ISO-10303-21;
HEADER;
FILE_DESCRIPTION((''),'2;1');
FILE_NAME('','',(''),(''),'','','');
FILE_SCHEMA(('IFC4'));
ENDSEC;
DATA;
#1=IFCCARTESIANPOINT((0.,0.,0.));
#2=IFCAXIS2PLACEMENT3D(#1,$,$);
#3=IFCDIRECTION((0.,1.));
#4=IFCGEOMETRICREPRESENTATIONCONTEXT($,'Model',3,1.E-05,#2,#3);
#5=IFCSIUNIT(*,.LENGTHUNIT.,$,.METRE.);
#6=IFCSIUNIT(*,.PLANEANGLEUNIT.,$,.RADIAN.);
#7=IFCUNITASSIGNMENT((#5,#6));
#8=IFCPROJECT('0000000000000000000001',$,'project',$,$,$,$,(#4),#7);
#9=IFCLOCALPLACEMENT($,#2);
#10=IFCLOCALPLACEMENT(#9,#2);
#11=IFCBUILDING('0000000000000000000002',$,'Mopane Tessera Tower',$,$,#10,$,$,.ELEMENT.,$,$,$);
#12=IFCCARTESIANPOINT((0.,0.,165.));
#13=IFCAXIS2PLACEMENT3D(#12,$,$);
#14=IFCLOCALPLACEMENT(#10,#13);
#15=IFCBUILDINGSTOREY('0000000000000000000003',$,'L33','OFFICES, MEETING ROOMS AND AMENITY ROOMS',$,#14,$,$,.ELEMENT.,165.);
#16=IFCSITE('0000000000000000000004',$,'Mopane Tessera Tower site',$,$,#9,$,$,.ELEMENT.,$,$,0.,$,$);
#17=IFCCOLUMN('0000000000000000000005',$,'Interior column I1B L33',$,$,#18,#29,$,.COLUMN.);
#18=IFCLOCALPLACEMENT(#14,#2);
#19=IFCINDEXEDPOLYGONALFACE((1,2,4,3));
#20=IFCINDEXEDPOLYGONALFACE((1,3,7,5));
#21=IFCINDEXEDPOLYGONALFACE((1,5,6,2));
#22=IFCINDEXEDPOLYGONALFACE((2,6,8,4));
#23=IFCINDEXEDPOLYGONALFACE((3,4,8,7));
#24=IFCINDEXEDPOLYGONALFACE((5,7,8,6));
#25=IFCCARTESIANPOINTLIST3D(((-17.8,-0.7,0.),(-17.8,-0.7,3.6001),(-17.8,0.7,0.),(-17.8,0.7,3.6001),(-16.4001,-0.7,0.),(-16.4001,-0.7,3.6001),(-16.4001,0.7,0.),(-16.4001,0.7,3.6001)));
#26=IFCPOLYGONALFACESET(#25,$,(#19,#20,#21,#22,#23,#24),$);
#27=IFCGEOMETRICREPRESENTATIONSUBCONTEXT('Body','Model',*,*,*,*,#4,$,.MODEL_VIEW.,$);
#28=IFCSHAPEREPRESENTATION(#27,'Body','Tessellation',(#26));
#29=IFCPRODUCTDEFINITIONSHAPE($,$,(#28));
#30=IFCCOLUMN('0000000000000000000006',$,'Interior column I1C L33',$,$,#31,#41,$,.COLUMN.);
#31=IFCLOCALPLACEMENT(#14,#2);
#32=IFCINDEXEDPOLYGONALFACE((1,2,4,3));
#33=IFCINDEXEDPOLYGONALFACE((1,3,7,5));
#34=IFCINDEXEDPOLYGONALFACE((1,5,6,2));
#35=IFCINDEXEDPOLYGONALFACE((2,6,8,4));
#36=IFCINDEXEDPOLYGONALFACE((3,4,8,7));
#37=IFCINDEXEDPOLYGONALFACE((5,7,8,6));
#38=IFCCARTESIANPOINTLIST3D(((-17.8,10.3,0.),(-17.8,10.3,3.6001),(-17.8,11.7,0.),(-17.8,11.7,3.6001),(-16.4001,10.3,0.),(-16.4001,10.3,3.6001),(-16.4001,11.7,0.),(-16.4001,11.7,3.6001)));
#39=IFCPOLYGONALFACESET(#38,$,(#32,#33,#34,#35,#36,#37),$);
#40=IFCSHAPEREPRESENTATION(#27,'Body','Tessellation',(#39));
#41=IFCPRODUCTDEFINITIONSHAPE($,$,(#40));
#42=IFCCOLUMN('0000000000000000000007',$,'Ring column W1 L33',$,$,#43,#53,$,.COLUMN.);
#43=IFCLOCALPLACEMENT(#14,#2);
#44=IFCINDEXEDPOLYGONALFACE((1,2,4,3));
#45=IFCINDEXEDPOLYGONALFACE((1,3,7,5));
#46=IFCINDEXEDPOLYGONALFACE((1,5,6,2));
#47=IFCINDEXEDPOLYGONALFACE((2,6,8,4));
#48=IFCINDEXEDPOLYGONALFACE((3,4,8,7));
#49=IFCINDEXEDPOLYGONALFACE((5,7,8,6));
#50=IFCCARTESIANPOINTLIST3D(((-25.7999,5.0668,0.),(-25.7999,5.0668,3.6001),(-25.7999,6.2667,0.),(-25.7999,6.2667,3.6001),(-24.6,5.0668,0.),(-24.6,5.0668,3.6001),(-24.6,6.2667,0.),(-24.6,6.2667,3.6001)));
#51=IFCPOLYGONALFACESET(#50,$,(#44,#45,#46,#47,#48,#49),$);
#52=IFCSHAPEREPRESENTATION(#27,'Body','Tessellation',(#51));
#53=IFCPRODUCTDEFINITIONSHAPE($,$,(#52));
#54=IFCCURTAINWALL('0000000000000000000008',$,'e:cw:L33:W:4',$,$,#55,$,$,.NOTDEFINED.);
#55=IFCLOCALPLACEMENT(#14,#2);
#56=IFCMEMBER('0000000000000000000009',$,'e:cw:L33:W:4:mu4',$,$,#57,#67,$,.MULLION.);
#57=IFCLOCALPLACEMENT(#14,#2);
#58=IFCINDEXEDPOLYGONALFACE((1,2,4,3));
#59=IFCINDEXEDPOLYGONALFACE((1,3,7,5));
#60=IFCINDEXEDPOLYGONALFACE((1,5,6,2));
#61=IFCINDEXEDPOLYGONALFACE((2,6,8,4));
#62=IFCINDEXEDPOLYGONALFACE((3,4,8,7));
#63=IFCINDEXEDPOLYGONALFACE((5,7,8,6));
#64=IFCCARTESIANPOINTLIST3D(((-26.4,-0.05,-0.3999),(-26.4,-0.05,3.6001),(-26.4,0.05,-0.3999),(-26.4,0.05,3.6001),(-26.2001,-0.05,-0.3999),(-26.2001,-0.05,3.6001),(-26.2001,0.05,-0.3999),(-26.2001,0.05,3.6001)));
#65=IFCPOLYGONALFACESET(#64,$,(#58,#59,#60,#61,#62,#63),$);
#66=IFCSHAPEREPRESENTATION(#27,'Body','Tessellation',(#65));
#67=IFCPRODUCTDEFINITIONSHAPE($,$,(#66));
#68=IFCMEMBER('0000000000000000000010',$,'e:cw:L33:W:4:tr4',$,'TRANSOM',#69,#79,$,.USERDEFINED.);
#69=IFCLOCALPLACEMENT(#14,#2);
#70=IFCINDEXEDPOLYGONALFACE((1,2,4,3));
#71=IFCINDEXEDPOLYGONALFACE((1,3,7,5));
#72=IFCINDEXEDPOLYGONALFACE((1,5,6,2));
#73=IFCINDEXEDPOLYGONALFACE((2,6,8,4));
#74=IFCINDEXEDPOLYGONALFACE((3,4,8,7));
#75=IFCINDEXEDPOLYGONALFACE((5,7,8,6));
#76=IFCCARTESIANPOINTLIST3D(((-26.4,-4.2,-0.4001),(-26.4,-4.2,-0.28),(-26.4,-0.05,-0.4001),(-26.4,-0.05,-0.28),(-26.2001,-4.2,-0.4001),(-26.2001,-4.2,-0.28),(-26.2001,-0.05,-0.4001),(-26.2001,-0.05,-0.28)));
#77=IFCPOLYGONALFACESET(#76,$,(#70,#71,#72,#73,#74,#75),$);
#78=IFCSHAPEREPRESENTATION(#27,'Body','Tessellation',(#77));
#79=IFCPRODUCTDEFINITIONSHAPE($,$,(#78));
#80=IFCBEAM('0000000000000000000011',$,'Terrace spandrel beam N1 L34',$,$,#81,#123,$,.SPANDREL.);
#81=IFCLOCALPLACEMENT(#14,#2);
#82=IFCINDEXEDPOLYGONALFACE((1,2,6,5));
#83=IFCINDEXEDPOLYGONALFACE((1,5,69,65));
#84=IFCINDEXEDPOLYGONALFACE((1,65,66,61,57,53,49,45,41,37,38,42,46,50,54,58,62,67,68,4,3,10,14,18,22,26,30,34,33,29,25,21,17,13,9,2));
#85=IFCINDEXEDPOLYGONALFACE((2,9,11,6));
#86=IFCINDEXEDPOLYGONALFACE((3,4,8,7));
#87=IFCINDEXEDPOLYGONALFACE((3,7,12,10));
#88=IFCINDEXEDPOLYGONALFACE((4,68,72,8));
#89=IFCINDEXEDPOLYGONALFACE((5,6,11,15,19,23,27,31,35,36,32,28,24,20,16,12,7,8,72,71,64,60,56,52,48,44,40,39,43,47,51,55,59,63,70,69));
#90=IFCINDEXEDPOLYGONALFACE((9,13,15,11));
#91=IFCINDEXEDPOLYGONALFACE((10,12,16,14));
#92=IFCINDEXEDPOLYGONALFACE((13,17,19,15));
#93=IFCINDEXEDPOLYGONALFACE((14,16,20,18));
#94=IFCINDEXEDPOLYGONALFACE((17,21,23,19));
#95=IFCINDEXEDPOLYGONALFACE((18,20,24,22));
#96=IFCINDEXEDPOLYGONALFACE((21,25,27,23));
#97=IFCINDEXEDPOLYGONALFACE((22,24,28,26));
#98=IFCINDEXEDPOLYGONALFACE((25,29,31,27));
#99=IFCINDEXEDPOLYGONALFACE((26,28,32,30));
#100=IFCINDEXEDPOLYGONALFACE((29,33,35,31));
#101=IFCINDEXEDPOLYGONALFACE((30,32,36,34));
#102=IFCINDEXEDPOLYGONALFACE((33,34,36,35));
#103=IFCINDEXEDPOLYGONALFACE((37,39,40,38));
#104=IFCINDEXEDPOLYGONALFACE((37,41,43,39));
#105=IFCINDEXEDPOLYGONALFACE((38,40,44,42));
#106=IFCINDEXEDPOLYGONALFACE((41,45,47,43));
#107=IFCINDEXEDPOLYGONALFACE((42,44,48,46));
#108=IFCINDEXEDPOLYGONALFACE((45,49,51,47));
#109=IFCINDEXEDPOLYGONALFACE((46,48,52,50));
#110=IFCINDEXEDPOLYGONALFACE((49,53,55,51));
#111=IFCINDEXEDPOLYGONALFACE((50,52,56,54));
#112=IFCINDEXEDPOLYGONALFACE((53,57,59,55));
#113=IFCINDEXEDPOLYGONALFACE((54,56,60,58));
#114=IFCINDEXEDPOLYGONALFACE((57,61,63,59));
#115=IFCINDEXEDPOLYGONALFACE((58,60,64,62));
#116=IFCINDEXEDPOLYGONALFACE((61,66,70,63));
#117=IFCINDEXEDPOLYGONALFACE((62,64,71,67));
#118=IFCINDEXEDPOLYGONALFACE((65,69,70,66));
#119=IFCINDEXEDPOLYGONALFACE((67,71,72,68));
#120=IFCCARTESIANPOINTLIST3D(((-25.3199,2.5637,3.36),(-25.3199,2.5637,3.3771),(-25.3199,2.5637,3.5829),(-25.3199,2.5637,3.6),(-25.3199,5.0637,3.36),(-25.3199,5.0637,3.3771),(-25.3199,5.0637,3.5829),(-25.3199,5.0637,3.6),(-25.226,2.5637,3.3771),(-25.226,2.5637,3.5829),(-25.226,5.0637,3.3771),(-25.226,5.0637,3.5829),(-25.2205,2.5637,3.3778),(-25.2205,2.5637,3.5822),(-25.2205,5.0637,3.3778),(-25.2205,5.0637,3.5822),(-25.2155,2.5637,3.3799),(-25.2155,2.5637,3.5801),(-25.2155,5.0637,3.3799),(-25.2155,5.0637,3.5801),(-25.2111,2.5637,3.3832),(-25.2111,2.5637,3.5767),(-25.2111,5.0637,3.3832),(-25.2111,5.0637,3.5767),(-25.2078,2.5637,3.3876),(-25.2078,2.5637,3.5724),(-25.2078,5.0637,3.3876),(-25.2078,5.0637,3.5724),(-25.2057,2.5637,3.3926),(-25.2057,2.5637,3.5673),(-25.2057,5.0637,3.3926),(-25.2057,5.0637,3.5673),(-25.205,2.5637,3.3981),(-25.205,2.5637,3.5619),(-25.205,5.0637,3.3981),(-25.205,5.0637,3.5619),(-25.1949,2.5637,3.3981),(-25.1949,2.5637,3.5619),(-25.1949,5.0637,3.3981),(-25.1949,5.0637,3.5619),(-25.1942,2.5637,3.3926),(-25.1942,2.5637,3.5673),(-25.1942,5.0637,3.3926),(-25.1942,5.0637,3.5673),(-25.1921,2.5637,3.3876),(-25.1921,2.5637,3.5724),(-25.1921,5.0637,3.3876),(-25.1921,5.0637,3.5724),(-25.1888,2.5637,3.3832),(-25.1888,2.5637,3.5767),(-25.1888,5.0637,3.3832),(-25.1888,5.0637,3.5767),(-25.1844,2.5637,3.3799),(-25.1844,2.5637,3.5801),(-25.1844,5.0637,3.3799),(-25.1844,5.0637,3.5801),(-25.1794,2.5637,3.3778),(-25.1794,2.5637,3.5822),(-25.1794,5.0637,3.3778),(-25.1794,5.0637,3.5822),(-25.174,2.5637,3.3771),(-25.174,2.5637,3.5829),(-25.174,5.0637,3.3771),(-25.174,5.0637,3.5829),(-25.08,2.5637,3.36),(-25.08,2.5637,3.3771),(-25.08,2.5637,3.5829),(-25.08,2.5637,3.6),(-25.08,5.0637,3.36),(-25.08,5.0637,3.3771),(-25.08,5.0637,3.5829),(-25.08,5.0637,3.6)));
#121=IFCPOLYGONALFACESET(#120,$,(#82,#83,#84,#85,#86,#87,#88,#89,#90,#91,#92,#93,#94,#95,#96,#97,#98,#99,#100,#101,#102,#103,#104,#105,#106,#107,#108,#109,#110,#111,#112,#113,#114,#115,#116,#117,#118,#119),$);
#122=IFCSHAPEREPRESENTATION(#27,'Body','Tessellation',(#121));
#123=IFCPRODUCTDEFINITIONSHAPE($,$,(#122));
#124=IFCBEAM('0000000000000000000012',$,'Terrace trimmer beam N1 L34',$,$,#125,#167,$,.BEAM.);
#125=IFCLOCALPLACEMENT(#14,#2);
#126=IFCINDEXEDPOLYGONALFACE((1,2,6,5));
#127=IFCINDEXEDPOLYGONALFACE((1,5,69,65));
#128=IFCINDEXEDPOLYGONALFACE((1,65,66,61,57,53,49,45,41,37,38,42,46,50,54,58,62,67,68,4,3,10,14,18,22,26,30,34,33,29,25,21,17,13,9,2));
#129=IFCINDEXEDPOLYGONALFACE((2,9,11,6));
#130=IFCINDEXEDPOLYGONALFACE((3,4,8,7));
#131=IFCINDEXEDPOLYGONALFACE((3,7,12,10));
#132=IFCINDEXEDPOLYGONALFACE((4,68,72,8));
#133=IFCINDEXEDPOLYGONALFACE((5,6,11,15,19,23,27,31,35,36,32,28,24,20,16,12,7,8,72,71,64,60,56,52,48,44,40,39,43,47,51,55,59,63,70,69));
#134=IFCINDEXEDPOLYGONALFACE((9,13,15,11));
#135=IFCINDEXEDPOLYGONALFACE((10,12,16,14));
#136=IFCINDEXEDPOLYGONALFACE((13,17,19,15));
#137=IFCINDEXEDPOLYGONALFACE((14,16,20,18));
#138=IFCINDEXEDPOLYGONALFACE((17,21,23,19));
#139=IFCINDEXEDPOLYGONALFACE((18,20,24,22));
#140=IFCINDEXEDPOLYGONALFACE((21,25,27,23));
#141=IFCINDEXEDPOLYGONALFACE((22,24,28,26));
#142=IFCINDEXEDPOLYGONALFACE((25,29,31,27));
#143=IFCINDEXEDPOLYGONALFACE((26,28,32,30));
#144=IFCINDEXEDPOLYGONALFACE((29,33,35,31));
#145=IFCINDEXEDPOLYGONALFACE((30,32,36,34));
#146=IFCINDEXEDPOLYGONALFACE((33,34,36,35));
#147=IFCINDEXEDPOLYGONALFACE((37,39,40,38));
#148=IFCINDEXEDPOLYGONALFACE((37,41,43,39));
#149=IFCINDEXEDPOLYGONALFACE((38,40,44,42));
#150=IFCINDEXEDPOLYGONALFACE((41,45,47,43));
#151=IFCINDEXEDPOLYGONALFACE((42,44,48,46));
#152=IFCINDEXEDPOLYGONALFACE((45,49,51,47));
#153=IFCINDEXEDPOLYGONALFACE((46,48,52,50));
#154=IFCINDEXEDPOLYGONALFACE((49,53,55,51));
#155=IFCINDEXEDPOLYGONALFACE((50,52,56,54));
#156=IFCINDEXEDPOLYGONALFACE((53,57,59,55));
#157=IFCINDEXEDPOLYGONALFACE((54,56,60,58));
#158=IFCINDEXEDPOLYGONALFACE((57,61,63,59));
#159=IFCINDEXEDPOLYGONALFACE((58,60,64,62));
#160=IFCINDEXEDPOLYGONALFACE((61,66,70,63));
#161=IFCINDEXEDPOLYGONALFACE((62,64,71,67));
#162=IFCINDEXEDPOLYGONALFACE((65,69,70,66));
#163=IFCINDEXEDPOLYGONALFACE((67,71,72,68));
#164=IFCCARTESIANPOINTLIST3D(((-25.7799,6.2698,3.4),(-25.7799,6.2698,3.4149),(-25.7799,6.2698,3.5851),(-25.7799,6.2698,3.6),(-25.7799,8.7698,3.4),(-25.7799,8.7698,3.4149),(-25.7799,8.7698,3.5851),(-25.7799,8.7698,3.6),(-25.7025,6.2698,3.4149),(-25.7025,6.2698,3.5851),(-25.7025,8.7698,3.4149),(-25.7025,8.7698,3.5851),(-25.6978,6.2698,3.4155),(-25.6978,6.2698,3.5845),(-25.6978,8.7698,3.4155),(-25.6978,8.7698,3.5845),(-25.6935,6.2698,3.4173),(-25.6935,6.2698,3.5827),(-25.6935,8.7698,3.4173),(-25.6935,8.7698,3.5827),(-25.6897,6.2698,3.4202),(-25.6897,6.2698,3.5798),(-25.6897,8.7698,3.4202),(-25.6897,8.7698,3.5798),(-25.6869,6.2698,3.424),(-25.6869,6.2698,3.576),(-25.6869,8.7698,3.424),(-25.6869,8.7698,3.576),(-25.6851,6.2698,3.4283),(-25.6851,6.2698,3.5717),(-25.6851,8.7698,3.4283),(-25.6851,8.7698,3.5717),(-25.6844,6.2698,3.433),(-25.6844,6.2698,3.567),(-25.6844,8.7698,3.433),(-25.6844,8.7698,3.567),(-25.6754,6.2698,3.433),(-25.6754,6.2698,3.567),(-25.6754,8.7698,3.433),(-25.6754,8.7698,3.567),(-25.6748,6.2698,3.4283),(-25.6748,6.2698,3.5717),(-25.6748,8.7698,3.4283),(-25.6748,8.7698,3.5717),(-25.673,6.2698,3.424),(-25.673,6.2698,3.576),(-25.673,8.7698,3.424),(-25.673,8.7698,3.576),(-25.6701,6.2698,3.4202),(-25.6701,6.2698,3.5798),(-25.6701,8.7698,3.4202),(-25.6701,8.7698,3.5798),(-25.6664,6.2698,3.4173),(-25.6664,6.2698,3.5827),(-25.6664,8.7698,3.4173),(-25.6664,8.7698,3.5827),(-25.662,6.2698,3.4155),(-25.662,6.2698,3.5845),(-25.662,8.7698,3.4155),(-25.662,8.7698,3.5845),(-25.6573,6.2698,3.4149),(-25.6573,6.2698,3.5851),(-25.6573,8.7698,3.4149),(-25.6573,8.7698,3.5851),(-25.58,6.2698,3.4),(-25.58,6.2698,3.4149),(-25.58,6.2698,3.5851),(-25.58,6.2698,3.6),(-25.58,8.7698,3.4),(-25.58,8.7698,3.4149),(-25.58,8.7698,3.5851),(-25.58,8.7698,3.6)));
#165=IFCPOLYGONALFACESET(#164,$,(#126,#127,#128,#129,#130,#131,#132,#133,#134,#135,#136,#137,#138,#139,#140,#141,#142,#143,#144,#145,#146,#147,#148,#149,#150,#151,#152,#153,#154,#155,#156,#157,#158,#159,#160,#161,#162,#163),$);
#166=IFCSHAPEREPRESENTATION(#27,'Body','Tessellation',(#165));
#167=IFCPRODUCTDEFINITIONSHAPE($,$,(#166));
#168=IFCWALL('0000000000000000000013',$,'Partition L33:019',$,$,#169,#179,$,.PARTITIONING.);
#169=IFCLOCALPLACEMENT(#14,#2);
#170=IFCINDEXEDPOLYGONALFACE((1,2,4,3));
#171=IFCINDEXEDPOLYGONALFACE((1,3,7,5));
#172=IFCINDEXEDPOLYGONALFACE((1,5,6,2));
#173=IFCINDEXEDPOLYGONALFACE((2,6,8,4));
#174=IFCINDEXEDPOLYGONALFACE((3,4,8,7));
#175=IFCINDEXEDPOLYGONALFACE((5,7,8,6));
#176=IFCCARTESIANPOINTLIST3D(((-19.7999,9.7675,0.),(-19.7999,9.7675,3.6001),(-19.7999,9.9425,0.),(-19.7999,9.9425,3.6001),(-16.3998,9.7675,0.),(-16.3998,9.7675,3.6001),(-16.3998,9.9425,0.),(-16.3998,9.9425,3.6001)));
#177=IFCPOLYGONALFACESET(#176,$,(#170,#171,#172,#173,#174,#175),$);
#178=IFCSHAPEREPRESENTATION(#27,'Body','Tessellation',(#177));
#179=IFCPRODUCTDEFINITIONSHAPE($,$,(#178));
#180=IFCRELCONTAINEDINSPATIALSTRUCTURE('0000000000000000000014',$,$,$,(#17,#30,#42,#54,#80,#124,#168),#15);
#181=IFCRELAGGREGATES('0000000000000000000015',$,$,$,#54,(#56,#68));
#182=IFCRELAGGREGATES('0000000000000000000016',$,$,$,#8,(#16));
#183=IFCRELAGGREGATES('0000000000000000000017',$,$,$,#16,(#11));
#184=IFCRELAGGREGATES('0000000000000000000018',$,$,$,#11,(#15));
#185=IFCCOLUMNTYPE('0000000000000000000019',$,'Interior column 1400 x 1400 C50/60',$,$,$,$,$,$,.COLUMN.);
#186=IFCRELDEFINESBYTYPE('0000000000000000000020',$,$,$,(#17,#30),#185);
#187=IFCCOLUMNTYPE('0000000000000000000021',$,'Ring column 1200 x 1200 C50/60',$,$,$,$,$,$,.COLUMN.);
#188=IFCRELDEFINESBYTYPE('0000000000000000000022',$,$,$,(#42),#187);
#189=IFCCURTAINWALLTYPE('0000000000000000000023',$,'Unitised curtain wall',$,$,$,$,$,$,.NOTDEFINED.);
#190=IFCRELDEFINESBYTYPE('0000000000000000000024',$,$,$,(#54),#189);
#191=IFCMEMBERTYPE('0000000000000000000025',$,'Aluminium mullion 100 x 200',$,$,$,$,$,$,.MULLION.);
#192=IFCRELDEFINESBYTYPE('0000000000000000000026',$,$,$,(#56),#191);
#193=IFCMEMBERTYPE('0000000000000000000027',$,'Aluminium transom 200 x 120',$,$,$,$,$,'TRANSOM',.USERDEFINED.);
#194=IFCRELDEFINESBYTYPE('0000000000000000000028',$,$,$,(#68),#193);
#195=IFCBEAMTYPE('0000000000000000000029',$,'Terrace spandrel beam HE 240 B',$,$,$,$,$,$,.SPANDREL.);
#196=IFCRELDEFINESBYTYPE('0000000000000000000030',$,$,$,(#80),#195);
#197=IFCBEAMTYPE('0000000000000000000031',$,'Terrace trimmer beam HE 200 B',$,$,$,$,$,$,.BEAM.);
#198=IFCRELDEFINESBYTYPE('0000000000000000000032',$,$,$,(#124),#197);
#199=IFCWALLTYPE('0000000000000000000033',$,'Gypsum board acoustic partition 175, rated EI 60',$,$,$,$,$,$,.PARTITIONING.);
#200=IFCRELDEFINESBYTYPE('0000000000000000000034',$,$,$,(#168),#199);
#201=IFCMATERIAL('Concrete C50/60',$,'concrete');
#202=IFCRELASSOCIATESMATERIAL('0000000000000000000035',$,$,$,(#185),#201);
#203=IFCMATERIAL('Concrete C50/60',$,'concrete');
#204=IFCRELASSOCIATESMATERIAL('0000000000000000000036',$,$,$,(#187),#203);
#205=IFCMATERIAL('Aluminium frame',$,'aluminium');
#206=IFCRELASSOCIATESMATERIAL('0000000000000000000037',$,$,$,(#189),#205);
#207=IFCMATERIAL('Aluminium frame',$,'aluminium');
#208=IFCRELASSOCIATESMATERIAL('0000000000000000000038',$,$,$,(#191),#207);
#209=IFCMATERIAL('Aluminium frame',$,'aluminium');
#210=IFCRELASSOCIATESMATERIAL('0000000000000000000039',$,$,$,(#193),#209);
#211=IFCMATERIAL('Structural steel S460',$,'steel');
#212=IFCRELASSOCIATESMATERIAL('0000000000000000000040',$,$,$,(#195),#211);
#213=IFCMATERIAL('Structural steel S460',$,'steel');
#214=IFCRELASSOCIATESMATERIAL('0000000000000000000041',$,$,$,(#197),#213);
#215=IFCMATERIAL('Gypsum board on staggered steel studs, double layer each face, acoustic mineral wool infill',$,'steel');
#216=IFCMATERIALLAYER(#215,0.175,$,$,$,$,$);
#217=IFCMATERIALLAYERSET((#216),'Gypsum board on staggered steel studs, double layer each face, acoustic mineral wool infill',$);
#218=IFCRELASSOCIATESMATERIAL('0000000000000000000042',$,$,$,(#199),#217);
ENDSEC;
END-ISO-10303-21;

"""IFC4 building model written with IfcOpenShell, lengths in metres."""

from ifc_helpers import new_model, si_unit, direction, frame, frame_2d, origin, origin_2d, place, context, subcontext, project, spatial, rectangle, i_section, extrude, material, layer, layer_set, material_profile, profile_set, type_object, element, aggregate, save


model = new_model("IFC4")

# Units and contexts
model_context = context("Model", 3, precision=1e-05, world=origin(), true_north=direction((0.0, 1.0)))
body_context = subcontext(model_context, "Body", "Model", "MODEL_VIEW")
ifc_project = project(units=[si_unit("LENGTHUNIT", "METRE"), si_unit("PLANEANGLEUNIT", "RADIAN")], contexts=[model_context])

# Site, building, storey
site_placement = place(None, origin())
site = spatial("IfcSite", under=ifc_project, at=site_placement, Name="Mopane Tessera Tower site", CompositionType="ELEMENT", RefElevation=0.0)
building_placement = place(site_placement, origin())
building = spatial("IfcBuilding", under=site, at=building_placement, Name="Mopane Tessera Tower", CompositionType="ELEMENT")
storey_placement = place(building_placement, frame((0.0, 0.0, 165.0)))
storey = spatial("IfcBuildingStorey", under=building, at=storey_placement, Name="L33", Description="OFFICES, MEETING ROOMS AND AMENITY ROOMS", CompositionType="ELEMENT", Elevation=165.0)

# Columns
ifc_material_1 = material(Name="Concrete C50/60", Category="concrete")
ifc_material_profile_1 = material_profile(ifc_material_1, rectangle(XDim=1.3999, YDim=1.3999, at=origin_2d()))
ifc_profile_set_1 = profile_set([ifc_material_profile_1], Name="Concrete C50/60")
column_type_1 = type_object("IfcColumnType", Name="Interior column 1400 x 1400 C50/60", PredefinedType="COLUMN", material=ifc_profile_set_1)
for number, where, z_axis, x_axis, name in (
    (1, (-17.1001, 0.0, 0.0), (0.0, 0.0, 1.0), (1.0, 0.0, 0.0), "Interior column I1B L33"),
    (2, (-17.1001, 11.0, 0.0), (0.0, 0.0, 1.0), (1.0, 0.0, 0.0), "Interior column I1C L33"),
):
    element("IfcColumn", number, at=place(storey_placement, frame(where, z_axis=z_axis, x_axis=x_axis)), inside=storey, type_object=column_type_1, Name=name, PredefinedType="COLUMN", context=body_context, shape_type="SweptSolid", body=[
        extrude(rectangle(XDim=1.3999, YDim=1.3999, at=origin_2d()), origin(), (0.0, 0.0, 1.0), 3.6001),
    ])
ifc_material_2 = material(Name="Concrete C50/60", Category="concrete")
ifc_material_profile_2 = material_profile(ifc_material_2, rectangle(XDim=1.2, YDim=1.2, at=origin_2d()))
ifc_profile_set_2 = profile_set([ifc_material_profile_2], Name="Concrete C50/60")
column_type_2 = type_object("IfcColumnType", Name="Ring column 1200 x 1200 C50/60", PredefinedType="COLUMN", material=ifc_profile_set_2)
column_placement = place(storey_placement, frame((-25.2, 5.6667, 0.0), z_axis=(0.0, 0.0, 1.0), x_axis=(1.0, 0.0, 0.0)))
element("IfcColumn", 3, at=column_placement, inside=storey, type_object=column_type_2, Name="Ring column W1 L33", PredefinedType="COLUMN", context=body_context, shape_type="SweptSolid", body=[
    extrude(rectangle(XDim=1.2, YDim=1.2, at=origin_2d()), origin(), (0.0, 0.0, 1.0), 3.6001),
])

# Curtain wall, members
ifc_material_3 = material(Name="Aluminium frame", Category="aluminium")
curtain_wall_type = type_object("IfcCurtainWallType", Name="Unitised curtain wall", PredefinedType="NOTDEFINED", material=ifc_material_3)
curtain_wall_placement = place(storey_placement, origin())
curtain_wall = element("IfcCurtainWall", 4, at=curtain_wall_placement, inside=storey, type_object=curtain_wall_type, Name="e:cw:L33:W:4", PredefinedType="NOTDEFINED")
ifc_material_4 = material(Name="Aluminium frame", Category="aluminium")
ifc_material_profile_3 = material_profile(ifc_material_4, rectangle(XDim=0.1001, YDim=0.2, at=origin_2d()))
ifc_profile_set_3 = profile_set([ifc_material_profile_3], Name="Aluminium frame")
member_type_1 = type_object("IfcMemberType", Name="Aluminium mullion 100 x 200", PredefinedType="MULLION", material=ifc_profile_set_3)
member_1_placement = place(storey_placement, frame((-26.3, 0.0, -0.3999), z_axis=(0.0, 0.0, 1.0), x_axis=(0.0, -1.0, 0.0)))
member_1 = element("IfcMember", 5, at=member_1_placement, type_object=member_type_1, Name="e:cw:L33:W:4:mu4", PredefinedType="MULLION", context=body_context, shape_type="SweptSolid", body=[
    extrude(rectangle(XDim=0.1001, YDim=0.2, at=origin_2d()), origin(), (0.0, 0.0, 1.0), 4.0),
])
ifc_material_5 = material(Name="Aluminium frame", Category="aluminium")
ifc_material_profile_4 = material_profile(ifc_material_5, rectangle(XDim=0.2, YDim=0.1201, at=origin_2d()))
ifc_profile_set_4 = profile_set([ifc_material_profile_4], Name="Aluminium frame")
member_type_2 = type_object("IfcMemberType", Name="Aluminium transom 200 x 120", ElementType="TRANSOM", PredefinedType="USERDEFINED", material=ifc_profile_set_4)
member_2_placement = place(storey_placement, frame((-26.3, -0.05, -0.3401), z_axis=(0.0, -1.0, 0.0), x_axis=(1.0, 0.0, 0.0)))
member_2 = element("IfcMember", 6, at=member_2_placement, type_object=member_type_2, Name="e:cw:L33:W:4:tr4", ObjectType="TRANSOM", PredefinedType="USERDEFINED", context=body_context, shape_type="SweptSolid", body=[
    extrude(rectangle(XDim=0.2, YDim=0.1201, at=origin_2d()), origin(), (0.0, 0.0, 1.0), 4.1499),
])
aggregate(curtain_wall, [member_1, member_2])

# Beams
ifc_material_6 = material(Name="Structural steel S460", Category="steel")
ifc_material_profile_5 = material_profile(ifc_material_6, i_section(OverallWidth=0.24, OverallDepth=0.24, WebThickness=0.01, FlangeThickness=0.0171, FilletRadius=0.021, at=origin_2d()))
ifc_profile_set_5 = profile_set([ifc_material_profile_5], Name="Structural steel S460")
beam_type_1 = type_object("IfcBeamType", Name="Terrace spandrel beam HE 240 B", PredefinedType="SPANDREL", material=ifc_profile_set_5)
beam_1_placement = place(storey_placement, frame((-25.2, 5.0637, 3.48), z_axis=(0.0, -1.0, 0.0), x_axis=(1.0, 0.0, 0.0)))
element("IfcBeam", 7, at=beam_1_placement, inside=storey, type_object=beam_type_1, Name="Terrace spandrel beam N1 L34", PredefinedType="SPANDREL", context=body_context, shape_type="SweptSolid", body=[
    extrude(i_section(OverallWidth=0.24, OverallDepth=0.24, WebThickness=0.01, FlangeThickness=0.0171, FilletRadius=0.021, at=origin_2d()), origin(), (0.0, 0.0, 1.0), 2.5),
])
ifc_material_7 = material(Name="Structural steel S460", Category="steel")
ifc_material_profile_6 = material_profile(ifc_material_7, i_section(OverallWidth=0.2, OverallDepth=0.2, WebThickness=0.009, FlangeThickness=0.0149, FilletRadius=0.0181, at=origin_2d()))
ifc_profile_set_6 = profile_set([ifc_material_profile_6], Name="Structural steel S460")
beam_type_2 = type_object("IfcBeamType", Name="Terrace trimmer beam HE 200 B", PredefinedType="BEAM", material=ifc_profile_set_6)
beam_2_placement = place(storey_placement, frame((-25.6799, 6.2698, 3.5), z_axis=(0.0, 1.0, 0.0), x_axis=(-1.0, 0.0, 0.0)))
element("IfcBeam", 8, at=beam_2_placement, inside=storey, type_object=beam_type_2, Name="Terrace trimmer beam N1 L34", PredefinedType="BEAM", context=body_context, shape_type="SweptSolid", body=[
    extrude(i_section(OverallWidth=0.2, OverallDepth=0.2, WebThickness=0.009, FlangeThickness=0.0149, FilletRadius=0.0181, at=origin_2d()), origin(), (0.0, 0.0, 1.0), 2.5),
])

# Wall
ifc_material_8 = material(Name="Gypsum board on staggered steel studs, double layer each face, acoustic mineral wool infill", Category="steel")
ifc_layer_1 = layer(ifc_material_8, 0.175)
ifc_layer_set_1 = layer_set([ifc_layer_1], Name="Gypsum board on staggered steel studs, double layer each face, acoustic mineral wool infill")
wall_type_1 = type_object("IfcWallType", Name="Gypsum board acoustic partition 175, rated EI 60", PredefinedType="PARTITIONING", material=ifc_layer_set_1)
wall_1_placement = place(storey_placement, frame((-19.8, 9.855, 0.0), z_axis=(0.0, 0.0, 1.0), x_axis=(1.0, 0.0, 0.0)))
element("IfcWall", 9, at=wall_1_placement, inside=storey, type_object=wall_type_1, Name="Partition L33:019", PredefinedType="PARTITIONING", context=body_context, shape_type="SweptSolid", body=[
    extrude(rectangle(XDim=3.4001, YDim=0.175, at=frame_2d((1.7002, 0.0))), origin(), (0.0, 0.0, 1.0), 3.6001),
])

save(model, "model.ifc")
